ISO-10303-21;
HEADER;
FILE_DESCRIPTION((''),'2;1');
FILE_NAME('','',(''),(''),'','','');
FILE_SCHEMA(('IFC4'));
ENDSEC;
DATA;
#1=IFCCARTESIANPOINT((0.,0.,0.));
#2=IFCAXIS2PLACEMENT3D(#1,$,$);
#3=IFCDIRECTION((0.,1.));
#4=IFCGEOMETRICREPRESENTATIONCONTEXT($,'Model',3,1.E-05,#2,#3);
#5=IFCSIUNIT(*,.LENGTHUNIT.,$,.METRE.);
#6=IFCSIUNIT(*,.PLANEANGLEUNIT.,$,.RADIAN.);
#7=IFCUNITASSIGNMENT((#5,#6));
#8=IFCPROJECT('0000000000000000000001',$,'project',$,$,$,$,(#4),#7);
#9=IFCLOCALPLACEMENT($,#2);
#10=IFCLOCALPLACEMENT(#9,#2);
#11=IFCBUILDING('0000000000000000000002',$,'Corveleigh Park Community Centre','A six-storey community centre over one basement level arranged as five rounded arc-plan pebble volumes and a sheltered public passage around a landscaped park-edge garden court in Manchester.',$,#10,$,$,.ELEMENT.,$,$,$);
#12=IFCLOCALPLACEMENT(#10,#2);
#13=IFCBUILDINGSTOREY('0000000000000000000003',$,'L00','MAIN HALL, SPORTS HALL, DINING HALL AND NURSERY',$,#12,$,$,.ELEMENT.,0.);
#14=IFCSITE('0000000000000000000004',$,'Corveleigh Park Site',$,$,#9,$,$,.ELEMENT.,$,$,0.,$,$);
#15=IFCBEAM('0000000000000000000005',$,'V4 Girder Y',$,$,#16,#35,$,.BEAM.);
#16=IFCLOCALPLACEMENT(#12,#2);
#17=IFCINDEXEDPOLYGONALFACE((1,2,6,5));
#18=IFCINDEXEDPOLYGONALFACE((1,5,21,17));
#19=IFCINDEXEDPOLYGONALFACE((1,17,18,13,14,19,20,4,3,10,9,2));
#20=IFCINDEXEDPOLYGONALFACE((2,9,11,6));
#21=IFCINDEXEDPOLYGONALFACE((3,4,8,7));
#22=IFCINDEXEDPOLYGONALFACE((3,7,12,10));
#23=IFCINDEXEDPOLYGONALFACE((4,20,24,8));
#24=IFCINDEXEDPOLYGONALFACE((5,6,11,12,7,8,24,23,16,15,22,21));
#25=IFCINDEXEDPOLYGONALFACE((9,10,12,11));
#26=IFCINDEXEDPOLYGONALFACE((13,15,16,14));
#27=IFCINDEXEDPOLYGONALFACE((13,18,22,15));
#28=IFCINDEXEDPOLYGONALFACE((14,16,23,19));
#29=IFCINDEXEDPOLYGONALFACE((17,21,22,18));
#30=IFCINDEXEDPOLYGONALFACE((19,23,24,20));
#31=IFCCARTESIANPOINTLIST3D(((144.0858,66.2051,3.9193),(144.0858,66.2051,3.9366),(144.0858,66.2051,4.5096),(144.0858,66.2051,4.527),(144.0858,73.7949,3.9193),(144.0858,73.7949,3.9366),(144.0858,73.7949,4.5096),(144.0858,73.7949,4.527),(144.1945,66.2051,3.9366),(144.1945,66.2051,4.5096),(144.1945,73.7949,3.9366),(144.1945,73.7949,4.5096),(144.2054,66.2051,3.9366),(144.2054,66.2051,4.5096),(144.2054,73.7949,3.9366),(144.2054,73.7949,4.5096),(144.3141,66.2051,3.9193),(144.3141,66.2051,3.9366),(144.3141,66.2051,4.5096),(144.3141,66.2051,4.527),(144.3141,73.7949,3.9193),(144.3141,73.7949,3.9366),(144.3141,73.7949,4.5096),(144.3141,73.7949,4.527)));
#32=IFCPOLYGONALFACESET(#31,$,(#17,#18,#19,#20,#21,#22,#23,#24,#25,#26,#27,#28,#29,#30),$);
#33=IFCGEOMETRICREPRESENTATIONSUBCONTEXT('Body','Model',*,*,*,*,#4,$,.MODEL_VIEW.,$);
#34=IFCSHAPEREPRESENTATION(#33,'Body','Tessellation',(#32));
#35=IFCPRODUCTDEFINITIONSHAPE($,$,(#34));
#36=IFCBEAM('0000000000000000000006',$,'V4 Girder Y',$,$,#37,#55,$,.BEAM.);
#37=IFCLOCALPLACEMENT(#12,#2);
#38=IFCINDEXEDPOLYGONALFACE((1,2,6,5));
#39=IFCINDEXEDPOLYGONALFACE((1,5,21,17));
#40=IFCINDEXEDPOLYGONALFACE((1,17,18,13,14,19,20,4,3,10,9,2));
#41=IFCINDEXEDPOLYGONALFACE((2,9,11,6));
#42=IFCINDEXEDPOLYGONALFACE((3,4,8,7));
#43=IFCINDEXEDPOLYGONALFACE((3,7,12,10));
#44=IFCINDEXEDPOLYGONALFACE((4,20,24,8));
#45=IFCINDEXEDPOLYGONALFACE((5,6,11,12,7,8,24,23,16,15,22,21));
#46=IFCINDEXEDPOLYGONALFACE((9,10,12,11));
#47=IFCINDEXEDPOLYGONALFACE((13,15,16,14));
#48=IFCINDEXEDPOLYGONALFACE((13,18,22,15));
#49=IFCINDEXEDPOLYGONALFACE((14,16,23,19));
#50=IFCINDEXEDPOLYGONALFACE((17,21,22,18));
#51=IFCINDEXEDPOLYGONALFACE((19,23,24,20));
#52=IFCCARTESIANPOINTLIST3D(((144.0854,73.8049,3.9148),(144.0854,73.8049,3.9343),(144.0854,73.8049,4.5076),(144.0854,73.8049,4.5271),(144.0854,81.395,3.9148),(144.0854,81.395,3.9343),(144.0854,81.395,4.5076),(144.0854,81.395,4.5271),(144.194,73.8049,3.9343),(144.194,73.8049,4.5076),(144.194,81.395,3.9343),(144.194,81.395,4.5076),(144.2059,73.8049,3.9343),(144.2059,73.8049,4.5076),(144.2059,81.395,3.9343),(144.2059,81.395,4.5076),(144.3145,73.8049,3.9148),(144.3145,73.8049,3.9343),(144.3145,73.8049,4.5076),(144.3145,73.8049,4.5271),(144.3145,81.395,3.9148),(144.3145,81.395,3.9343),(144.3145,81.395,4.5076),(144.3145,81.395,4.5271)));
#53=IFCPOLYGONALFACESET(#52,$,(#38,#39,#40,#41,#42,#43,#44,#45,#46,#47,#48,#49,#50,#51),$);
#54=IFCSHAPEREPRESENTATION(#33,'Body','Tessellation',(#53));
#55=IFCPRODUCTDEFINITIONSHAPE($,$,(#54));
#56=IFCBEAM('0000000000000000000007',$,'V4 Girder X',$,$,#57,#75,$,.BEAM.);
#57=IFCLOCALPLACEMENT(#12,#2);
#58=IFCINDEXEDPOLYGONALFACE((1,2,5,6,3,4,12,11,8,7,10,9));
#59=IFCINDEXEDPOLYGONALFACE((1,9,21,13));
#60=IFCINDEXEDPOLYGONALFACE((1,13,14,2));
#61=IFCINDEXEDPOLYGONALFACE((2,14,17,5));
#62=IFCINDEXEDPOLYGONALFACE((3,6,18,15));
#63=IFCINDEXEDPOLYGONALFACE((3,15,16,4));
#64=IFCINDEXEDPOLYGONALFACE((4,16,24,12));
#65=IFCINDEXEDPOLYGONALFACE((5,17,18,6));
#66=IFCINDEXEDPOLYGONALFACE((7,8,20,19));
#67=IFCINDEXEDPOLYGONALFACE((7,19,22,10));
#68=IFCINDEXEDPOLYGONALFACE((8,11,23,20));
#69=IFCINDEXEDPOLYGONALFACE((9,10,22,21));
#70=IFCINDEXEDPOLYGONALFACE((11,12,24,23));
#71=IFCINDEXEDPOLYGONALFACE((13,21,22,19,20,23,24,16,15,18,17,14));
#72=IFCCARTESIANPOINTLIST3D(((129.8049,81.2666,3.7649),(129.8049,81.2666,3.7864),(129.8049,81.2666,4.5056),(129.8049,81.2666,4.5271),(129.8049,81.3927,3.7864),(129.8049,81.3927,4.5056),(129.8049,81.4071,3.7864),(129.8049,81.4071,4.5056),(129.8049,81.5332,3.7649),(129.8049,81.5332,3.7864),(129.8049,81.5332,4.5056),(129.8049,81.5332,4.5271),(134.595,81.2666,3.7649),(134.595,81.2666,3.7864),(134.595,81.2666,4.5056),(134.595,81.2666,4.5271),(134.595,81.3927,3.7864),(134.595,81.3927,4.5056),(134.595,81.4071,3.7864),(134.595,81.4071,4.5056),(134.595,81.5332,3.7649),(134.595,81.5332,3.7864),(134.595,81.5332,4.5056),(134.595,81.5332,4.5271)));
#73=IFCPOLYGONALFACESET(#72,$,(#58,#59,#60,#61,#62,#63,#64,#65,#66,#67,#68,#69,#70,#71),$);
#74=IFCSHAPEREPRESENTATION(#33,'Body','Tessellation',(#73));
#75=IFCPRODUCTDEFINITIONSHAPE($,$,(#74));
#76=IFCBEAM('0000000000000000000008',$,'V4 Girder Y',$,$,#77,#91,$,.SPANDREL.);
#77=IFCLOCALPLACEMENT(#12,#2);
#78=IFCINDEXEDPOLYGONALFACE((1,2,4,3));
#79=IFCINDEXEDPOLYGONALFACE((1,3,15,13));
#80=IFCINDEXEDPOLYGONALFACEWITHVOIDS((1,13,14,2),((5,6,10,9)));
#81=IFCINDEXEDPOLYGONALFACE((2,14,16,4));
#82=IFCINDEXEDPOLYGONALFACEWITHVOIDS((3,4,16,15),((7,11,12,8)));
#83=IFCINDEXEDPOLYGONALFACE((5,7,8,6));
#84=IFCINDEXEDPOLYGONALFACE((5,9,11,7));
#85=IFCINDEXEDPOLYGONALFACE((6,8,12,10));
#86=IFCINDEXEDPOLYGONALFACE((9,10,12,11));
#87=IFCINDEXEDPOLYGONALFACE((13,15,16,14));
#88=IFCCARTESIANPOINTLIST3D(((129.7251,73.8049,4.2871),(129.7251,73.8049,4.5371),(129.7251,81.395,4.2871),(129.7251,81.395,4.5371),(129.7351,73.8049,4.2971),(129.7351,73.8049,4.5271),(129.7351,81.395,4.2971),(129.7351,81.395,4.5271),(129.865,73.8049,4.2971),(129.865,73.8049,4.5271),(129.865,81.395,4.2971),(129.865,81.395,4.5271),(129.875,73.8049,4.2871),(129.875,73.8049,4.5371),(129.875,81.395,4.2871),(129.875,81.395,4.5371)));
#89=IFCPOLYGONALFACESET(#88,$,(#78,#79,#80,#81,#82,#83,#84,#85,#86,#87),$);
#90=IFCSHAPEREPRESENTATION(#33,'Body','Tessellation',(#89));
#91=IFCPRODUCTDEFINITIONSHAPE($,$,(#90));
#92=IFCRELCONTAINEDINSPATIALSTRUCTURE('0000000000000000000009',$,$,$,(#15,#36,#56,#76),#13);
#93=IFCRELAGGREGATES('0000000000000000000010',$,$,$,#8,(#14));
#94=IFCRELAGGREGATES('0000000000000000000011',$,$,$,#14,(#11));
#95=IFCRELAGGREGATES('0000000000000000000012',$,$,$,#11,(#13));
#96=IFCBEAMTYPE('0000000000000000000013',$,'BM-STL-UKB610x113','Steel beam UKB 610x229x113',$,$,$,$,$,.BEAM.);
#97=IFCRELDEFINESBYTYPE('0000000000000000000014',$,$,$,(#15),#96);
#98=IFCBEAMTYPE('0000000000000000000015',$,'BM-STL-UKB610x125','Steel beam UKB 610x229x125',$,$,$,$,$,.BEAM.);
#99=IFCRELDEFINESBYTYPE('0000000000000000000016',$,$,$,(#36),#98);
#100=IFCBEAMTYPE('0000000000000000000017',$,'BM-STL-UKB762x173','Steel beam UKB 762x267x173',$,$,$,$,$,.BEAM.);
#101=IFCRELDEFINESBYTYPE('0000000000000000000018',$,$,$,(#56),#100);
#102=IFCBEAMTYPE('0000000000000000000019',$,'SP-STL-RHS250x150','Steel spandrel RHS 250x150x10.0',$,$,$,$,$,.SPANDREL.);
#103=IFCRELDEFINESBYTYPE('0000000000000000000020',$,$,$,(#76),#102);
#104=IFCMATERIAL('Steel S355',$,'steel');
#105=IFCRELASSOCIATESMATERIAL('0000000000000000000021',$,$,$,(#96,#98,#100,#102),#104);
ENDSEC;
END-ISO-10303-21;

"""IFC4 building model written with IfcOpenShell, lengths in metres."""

from ifc_helpers import new_model, si_unit, direction, frame, origin, origin_2d, place, context, subcontext, project, spatial, hollow_rectangle, i_section, extrude, material, material_profile, profile_set, type_object, element, save


model = new_model("IFC4")

# Units and contexts
model_context = context("Model", 3, precision=1e-05, world=origin(), true_north=direction((0.0, 1.0)))
body_context = subcontext(model_context, "Body", "Model", "MODEL_VIEW")
ifc_project = project(units=[si_unit("LENGTHUNIT", "METRE"), si_unit("PLANEANGLEUNIT", "RADIAN")], contexts=[model_context])

# Site, building, storey
site_placement = place(None, origin())
site = spatial("IfcSite", under=ifc_project, at=site_placement, Name="Corveleigh Park Site", CompositionType="ELEMENT", RefElevation=0.0)
building_placement = place(site_placement, origin())
building = spatial("IfcBuilding", under=site, at=building_placement, Name="Corveleigh Park Community Centre", Description="A six-storey community centre over one basement level arranged as five rounded arc-plan pebble volumes and a sheltered public passage around a landscaped park-edge garden court in Manchester.", CompositionType="ELEMENT")
storey_placement = place(building_placement, origin())
storey = spatial("IfcBuildingStorey", under=building, at=storey_placement, Name="L00", Description="MAIN HALL, SPORTS HALL, DINING HALL AND NURSERY", CompositionType="ELEMENT", Elevation=0.0)

# Shared definitions
ifc_material_1 = material(Name="Steel S355", Category="steel")

# Beams
ifc_material_profile_1 = material_profile(ifc_material_1, i_section(OverallWidth=0.2283, OverallDepth=0.6077, WebThickness=0.011, FlangeThickness=0.0173, at=origin_2d()), Name="UKB 610x229x113", Category="steel")
ifc_profile_set_1 = profile_set([ifc_material_profile_1], Name="Steel S355")
beam_type_1 = type_object("IfcBeamType", Name="BM-STL-UKB610x113", Description="Steel beam UKB 610x229x113", PredefinedType="BEAM", material=ifc_profile_set_1)
beam_1_placement = place(storey_placement, frame((144.2, 66.2051, 4.2231), z_axis=(0.0, 1.0, 0.0), x_axis=(-1.0, 0.0, 0.0)))
element("IfcBeam", 1, at=beam_1_placement, inside=storey, type_object=beam_type_1, Name="V4 Girder Y", PredefinedType="BEAM", context=body_context, shape_type="SweptSolid", body=[
    extrude(i_section(OverallWidth=0.2283, OverallDepth=0.6077, WebThickness=0.011, FlangeThickness=0.0173, at=origin_2d()), origin(), (0.0, 0.0, 1.0), 7.5898),
])
ifc_material_profile_2 = material_profile(ifc_material_1, i_section(OverallWidth=0.229, OverallDepth=0.6123, WebThickness=0.012, FlangeThickness=0.0195, at=origin_2d()), Name="UKB 610x229x125", Category="steel")
ifc_profile_set_2 = profile_set([ifc_material_profile_2], Name="Steel S355")
beam_type_2 = type_object("IfcBeamType", Name="BM-STL-UKB610x125", Description="Steel beam UKB 610x229x125", PredefinedType="BEAM", material=ifc_profile_set_2)
beam_2_placement = place(storey_placement, frame((144.2, 73.8049, 4.2209), z_axis=(0.0, 1.0, 0.0), x_axis=(-1.0, 0.0, 0.0)))
element("IfcBeam", 2, at=beam_2_placement, inside=storey, type_object=beam_type_2, Name="V4 Girder Y", PredefinedType="BEAM", context=body_context, shape_type="SweptSolid", body=[
    extrude(i_section(OverallWidth=0.229, OverallDepth=0.6123, WebThickness=0.012, FlangeThickness=0.0195, at=origin_2d()), origin(), (0.0, 0.0, 1.0), 7.5901),
])
ifc_material_profile_3 = material_profile(ifc_material_1, i_section(OverallWidth=0.2666, OverallDepth=0.7622, WebThickness=0.0144, FlangeThickness=0.0215, at=origin_2d()), Name="UKB 762x267x173", Category="steel")
ifc_profile_set_3 = profile_set([ifc_material_profile_3], Name="Steel S355")
beam_type_3 = type_object("IfcBeamType", Name="BM-STL-UKB762x173", Description="Steel beam UKB 762x267x173", PredefinedType="BEAM", material=ifc_profile_set_3)
beam_3_placement = place(storey_placement, frame((129.8049, 81.3999, 4.146), z_axis=(1.0, 0.0, 0.0), x_axis=(0.0, 1.0, 0.0)))
element("IfcBeam", 3, at=beam_3_placement, inside=storey, type_object=beam_type_3, Name="V4 Girder X", PredefinedType="BEAM", context=body_context, shape_type="SweptSolid", body=[
    extrude(i_section(OverallWidth=0.2666, OverallDepth=0.7622, WebThickness=0.0144, FlangeThickness=0.0215, at=origin_2d()), origin(), (0.0, 0.0, 1.0), 4.79),
])
ifc_material_profile_4 = material_profile(ifc_material_1, hollow_rectangle(XDim=0.1499, YDim=0.25, WallThickness=0.01, at=origin_2d()), Name="RHS 250x150x10.0", Category="steel")
ifc_profile_set_4 = profile_set([ifc_material_profile_4], Name="Steel S355")
beam_type_4 = type_object("IfcBeamType", Name="SP-STL-RHS250x150", Description="Steel spandrel RHS 250x150x10.0", PredefinedType="SPANDREL", material=ifc_profile_set_4)
beam_4_placement = place(storey_placement, frame((129.8, 73.8049, 4.4121), z_axis=(0.0, 1.0, 0.0), x_axis=(-1.0, 0.0, 0.0)))
element("IfcBeam", 4, at=beam_4_placement, inside=storey, type_object=beam_type_4, Name="V4 Girder Y", PredefinedType="SPANDREL", context=body_context, shape_type="SweptSolid", body=[
    extrude(hollow_rectangle(XDim=0.1499, YDim=0.25, WallThickness=0.01, at=origin_2d()), origin(), (0.0, 0.0, 1.0), 7.5901),
])

save(model, "model.ifc")
